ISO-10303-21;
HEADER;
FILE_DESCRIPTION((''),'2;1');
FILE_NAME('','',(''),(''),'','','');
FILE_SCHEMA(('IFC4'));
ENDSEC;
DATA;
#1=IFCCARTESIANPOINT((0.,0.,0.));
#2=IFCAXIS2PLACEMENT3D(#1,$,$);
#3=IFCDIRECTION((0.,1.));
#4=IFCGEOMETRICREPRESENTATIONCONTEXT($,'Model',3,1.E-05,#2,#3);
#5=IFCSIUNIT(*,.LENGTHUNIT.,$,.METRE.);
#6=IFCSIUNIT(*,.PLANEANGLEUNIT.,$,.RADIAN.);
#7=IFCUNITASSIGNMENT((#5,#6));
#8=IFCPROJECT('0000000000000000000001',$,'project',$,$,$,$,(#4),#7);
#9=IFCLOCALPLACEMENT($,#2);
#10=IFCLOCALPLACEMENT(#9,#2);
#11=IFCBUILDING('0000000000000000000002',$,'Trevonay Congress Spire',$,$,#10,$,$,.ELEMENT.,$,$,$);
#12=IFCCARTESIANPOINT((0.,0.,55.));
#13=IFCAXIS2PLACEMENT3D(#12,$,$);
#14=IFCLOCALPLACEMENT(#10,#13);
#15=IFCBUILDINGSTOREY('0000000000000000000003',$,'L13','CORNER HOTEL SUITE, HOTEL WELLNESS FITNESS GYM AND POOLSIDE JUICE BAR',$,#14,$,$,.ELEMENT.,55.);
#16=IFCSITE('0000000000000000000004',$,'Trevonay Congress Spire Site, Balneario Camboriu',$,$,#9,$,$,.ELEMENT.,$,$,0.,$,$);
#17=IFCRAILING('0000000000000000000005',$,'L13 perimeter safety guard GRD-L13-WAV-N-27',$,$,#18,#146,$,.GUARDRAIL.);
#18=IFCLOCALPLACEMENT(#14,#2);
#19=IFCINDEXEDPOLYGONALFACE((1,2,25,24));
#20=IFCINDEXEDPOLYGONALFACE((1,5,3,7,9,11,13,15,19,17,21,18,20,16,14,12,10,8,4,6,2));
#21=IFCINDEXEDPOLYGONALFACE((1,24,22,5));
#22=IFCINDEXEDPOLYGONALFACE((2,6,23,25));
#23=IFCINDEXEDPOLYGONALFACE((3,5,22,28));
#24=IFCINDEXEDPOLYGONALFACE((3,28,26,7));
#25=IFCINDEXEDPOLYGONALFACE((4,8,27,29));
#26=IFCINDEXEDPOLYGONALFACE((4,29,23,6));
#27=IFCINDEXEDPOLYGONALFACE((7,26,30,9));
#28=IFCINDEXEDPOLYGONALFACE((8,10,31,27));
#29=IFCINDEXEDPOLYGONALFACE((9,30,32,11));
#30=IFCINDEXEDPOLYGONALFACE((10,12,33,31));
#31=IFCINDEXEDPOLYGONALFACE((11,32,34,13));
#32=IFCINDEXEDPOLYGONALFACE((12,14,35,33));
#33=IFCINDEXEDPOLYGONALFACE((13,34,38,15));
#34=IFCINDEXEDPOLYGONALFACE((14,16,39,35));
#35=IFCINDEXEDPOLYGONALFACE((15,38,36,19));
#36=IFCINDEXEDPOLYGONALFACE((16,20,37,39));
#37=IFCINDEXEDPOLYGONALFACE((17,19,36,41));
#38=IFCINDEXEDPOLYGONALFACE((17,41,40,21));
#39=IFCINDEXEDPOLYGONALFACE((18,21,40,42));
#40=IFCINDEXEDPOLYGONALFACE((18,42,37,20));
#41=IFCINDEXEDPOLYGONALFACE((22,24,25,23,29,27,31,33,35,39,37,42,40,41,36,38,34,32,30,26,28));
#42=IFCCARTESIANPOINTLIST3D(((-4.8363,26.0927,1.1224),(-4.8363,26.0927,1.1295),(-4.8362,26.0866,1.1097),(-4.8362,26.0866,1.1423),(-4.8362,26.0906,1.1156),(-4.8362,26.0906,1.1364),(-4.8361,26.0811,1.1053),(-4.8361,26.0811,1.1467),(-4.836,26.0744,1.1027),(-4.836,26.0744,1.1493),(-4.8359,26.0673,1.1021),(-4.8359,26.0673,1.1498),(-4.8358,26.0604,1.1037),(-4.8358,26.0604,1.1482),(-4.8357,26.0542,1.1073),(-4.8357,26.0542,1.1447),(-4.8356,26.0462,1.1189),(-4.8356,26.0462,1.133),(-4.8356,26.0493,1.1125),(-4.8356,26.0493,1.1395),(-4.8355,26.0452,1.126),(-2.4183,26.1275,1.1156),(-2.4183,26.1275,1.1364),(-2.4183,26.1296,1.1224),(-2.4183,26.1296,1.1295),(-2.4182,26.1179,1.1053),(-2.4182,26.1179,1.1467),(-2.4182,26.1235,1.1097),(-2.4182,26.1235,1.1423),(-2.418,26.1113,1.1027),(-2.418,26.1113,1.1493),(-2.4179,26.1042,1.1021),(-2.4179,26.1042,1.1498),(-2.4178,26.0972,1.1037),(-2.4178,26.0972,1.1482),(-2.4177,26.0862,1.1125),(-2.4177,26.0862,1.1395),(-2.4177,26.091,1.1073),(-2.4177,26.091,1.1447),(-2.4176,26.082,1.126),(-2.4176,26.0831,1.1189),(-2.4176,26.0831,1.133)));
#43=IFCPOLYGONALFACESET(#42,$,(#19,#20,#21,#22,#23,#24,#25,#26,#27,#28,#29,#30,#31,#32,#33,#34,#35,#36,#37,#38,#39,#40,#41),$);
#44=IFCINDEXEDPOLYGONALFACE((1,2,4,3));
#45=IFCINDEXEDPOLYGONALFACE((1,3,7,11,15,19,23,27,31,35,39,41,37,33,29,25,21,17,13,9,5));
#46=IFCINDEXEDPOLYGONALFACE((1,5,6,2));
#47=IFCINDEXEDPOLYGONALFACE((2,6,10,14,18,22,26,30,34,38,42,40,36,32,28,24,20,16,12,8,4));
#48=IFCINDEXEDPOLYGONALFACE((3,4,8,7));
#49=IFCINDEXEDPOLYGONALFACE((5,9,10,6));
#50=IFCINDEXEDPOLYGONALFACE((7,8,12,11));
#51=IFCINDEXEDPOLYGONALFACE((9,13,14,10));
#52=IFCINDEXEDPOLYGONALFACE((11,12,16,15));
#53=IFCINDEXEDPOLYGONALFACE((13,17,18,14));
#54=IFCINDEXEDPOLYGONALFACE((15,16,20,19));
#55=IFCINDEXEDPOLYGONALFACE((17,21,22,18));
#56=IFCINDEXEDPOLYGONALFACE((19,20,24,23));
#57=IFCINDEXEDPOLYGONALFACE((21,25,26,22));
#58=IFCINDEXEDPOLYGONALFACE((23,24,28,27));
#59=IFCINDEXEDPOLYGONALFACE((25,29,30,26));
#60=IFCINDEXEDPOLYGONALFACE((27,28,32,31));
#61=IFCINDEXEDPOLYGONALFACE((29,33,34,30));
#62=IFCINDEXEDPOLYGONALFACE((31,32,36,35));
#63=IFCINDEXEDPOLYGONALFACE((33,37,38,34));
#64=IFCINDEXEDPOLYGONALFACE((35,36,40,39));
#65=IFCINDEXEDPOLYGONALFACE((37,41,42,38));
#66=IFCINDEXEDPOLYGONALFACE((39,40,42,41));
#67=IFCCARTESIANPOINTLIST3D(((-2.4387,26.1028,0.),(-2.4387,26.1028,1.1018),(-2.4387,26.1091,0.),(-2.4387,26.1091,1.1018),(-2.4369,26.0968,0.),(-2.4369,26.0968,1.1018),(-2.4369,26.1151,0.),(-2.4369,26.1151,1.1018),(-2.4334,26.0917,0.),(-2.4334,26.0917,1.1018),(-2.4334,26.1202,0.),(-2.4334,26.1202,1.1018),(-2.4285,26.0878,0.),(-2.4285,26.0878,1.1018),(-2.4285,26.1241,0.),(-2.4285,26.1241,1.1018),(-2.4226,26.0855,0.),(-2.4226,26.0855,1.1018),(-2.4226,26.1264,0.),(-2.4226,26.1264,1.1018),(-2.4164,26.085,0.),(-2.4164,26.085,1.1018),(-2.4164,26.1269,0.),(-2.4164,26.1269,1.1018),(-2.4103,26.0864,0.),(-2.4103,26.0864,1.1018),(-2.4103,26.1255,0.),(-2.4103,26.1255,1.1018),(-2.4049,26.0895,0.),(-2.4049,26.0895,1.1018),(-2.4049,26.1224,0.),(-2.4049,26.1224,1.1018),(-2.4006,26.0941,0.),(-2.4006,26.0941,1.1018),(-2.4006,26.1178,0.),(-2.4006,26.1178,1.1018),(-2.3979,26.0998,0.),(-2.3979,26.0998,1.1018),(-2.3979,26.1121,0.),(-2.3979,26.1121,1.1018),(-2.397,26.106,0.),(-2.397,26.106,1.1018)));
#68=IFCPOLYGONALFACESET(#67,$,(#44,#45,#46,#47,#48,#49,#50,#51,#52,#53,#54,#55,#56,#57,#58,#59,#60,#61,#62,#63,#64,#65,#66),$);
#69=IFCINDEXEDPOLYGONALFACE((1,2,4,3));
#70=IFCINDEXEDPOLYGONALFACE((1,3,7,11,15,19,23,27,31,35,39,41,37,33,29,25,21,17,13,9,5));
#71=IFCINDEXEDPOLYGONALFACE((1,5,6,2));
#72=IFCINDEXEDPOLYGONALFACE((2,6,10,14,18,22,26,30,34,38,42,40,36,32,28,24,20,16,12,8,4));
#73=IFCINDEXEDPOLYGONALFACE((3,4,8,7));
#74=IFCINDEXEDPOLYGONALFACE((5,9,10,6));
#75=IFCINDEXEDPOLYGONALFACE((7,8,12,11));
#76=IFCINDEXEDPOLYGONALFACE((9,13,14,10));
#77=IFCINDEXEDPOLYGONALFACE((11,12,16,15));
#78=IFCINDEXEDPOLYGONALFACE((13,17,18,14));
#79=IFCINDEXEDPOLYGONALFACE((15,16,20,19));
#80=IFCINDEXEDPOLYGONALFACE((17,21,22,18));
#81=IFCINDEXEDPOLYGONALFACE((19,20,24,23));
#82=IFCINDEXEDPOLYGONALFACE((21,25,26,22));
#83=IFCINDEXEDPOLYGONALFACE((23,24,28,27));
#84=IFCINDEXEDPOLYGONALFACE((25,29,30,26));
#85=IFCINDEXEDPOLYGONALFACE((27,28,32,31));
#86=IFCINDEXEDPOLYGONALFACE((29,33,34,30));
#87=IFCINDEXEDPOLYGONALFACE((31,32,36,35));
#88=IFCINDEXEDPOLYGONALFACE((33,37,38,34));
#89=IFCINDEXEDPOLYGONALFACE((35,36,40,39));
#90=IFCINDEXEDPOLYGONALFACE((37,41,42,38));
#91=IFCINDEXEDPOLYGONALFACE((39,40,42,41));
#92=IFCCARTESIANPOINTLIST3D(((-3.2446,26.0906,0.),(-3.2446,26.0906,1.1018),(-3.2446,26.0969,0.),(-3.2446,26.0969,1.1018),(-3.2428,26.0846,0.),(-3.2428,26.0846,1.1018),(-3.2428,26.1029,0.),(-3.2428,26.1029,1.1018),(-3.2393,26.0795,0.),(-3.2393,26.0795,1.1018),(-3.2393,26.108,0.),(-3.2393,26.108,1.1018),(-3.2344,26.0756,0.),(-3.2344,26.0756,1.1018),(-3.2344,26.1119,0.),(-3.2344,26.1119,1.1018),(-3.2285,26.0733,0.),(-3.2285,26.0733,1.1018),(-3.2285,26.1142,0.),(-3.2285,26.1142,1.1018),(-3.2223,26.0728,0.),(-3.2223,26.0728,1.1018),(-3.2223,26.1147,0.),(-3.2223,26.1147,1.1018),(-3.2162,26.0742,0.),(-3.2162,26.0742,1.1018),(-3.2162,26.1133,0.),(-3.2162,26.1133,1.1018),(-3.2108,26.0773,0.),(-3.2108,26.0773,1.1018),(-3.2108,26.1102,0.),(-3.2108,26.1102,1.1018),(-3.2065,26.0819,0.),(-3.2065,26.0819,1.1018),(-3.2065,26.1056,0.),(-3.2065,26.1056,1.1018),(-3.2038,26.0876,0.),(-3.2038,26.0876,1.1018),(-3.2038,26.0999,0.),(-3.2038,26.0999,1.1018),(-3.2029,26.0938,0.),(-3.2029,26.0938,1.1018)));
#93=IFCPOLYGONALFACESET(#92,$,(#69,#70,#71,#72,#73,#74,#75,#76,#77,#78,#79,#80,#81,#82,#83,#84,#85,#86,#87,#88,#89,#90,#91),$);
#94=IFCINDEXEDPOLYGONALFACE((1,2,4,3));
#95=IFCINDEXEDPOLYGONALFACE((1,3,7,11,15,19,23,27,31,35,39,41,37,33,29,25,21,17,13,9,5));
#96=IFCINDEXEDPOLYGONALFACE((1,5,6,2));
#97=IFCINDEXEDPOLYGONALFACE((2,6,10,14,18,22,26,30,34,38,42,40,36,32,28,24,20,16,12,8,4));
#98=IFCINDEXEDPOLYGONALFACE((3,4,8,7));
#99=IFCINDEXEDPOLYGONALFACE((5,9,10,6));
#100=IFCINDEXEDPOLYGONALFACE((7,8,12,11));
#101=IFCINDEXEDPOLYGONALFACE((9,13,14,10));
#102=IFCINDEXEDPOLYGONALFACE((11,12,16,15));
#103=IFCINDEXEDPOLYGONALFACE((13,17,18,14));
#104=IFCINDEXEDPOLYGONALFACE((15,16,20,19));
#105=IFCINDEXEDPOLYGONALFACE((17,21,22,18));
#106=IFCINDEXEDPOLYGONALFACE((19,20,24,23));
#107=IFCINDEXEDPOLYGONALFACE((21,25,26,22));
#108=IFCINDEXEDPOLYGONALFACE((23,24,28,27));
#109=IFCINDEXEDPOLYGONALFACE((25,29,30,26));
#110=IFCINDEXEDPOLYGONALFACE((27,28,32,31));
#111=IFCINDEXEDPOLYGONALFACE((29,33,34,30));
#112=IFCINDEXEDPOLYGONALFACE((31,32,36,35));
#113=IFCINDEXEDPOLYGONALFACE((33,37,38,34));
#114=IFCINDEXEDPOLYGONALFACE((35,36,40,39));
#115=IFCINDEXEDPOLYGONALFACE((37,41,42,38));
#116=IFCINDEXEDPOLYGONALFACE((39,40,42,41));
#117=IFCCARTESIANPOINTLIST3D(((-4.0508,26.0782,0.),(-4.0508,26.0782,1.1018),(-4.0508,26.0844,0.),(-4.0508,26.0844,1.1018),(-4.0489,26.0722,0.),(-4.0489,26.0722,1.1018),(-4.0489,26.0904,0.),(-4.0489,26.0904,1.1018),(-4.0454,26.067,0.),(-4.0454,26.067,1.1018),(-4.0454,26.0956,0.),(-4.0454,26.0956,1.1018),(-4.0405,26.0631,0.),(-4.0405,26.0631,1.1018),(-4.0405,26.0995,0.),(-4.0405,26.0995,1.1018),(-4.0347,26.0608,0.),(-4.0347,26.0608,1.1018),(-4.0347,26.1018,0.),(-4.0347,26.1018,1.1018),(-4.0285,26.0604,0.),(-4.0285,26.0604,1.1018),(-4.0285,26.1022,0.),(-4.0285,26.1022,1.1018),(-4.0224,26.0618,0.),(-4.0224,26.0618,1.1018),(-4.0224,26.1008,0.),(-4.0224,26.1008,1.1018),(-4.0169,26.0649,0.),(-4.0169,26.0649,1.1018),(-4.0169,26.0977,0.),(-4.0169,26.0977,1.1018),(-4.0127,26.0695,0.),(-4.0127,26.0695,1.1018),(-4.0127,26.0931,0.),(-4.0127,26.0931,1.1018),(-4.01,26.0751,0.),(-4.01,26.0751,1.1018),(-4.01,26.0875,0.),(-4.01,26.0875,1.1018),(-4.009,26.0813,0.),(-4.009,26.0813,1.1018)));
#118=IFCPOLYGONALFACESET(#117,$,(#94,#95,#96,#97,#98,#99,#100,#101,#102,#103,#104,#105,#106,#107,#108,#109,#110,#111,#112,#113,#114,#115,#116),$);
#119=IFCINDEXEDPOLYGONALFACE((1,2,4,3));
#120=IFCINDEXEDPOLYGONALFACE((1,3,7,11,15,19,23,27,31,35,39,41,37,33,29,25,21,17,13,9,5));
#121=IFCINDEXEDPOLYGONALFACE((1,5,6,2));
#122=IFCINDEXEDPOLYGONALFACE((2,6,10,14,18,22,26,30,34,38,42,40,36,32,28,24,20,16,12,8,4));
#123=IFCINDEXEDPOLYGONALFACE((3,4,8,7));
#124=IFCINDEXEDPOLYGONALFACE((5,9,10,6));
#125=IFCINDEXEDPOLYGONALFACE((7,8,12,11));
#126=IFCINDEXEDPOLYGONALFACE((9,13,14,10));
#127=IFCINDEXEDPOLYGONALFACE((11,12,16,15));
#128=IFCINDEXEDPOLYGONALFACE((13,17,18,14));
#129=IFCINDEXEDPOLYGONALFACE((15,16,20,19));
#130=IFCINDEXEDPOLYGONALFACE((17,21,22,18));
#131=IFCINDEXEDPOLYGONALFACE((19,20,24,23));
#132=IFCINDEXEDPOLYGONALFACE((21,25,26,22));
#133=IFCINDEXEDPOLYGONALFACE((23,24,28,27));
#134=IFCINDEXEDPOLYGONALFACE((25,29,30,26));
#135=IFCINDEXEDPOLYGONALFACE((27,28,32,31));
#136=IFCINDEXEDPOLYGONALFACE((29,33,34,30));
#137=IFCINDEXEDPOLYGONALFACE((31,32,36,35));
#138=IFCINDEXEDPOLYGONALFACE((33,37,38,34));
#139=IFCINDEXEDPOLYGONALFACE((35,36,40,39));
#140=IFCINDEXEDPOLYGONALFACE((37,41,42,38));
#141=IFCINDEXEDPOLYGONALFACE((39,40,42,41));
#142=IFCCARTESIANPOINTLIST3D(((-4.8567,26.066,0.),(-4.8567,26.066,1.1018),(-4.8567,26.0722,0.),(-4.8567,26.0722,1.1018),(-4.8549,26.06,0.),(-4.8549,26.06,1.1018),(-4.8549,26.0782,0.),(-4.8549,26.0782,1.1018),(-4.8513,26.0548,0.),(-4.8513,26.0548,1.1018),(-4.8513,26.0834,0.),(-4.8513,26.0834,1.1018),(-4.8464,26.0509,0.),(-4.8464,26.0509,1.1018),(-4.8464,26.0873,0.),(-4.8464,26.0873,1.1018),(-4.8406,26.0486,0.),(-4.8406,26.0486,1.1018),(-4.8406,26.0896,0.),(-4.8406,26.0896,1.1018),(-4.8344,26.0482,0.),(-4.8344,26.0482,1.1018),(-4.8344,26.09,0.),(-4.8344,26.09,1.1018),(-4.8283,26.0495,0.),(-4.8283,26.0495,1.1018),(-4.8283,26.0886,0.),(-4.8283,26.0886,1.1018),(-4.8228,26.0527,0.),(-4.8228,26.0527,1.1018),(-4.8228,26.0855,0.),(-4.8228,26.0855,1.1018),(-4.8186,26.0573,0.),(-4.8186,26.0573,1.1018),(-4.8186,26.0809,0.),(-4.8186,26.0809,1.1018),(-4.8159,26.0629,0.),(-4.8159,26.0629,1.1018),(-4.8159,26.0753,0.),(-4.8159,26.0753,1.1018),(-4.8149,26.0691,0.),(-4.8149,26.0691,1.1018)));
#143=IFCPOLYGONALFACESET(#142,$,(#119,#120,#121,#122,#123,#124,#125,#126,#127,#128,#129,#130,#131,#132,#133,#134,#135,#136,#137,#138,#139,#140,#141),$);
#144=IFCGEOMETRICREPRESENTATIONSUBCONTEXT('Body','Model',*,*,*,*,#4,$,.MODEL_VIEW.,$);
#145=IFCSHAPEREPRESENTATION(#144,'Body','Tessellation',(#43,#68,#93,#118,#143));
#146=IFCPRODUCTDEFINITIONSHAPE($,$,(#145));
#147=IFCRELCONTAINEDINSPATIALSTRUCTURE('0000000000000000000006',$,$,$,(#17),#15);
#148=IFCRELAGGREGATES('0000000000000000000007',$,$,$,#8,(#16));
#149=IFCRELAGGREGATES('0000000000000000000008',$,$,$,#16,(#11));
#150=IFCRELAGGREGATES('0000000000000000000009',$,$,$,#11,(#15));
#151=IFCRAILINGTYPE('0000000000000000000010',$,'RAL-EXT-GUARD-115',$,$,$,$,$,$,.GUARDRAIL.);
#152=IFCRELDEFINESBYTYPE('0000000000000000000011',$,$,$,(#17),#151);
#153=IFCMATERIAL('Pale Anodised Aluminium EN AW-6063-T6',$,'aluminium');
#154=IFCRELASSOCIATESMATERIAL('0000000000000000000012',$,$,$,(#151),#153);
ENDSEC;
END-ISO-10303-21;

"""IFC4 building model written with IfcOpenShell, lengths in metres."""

from ifc_helpers import new_model, si_unit, direction, frame, origin, origin_2d, place, context, subcontext, project, spatial, circle, extrude, material, type_object, element, save


model = new_model("IFC4")

# Units and contexts
model_context = context("Model", 3, precision=1e-05, world=origin(), true_north=direction((0.0, 1.0)))
body_context = subcontext(model_context, "Body", "Model", "MODEL_VIEW")
ifc_project = project(units=[si_unit("LENGTHUNIT", "METRE"), si_unit("PLANEANGLEUNIT", "RADIAN")], contexts=[model_context])

# Site, building, storey
site_placement = place(None, origin())
site = spatial("IfcSite", under=ifc_project, at=site_placement, Name="Trevonay Congress Spire Site, Balneario Camboriu", CompositionType="ELEMENT", RefElevation=0.0)
building_placement = place(site_placement, origin())
building = spatial("IfcBuilding", under=site, at=building_placement, Name="Trevonay Congress Spire", CompositionType="ELEMENT")
storey_placement = place(building_placement, frame((0.0, 0.0, 55.0)))
storey = spatial("IfcBuildingStorey", under=building, at=storey_placement, Name="L13", Description="CORNER HOTEL SUITE, HOTEL WELLNESS FITNESS GYM AND POOLSIDE JUICE BAR", CompositionType="ELEMENT", Elevation=55.0)

# Shared definitions
ifc_material_1 = material(Name="Pale Anodised Aluminium EN AW-6063-T6", Category="aluminium")

# Railing
railing_type = type_object("IfcRailingType", Name="RAL-EXT-GUARD-115", PredefinedType="GUARDRAIL", material=ifc_material_1)
railing_1_placement = place(storey_placement, frame((-2.418, 26.106, 0.0)))
element("IfcRailing", 1, at=railing_1_placement, inside=storey, type_object=railing_type, Name="L13 perimeter safety guard GRD-L13-WAV-N-27", PredefinedType="GUARDRAIL", context=body_context, shape_type="SweptSolid", body=[
    extrude(circle(Radius=0.0239, at=origin_2d()), frame((0.0, 0.0, 1.126), z_axis=(-0.999884, -0.015245, 0.0), x_axis=(0.015245, -0.999884, 0.0)), (0.0, 0.0, 1.0), 2.4182),
    extrude(circle(Radius=0.021, at=origin_2d()), origin(), (0.0, 0.0, 1.0), 1.1018),
    extrude(circle(Radius=0.021, at=origin_2d()), frame((-0.8059, -0.0122, 0.0)), (0.0, 0.0, 1.0), 1.1018),
    extrude(circle(Radius=0.021, at=origin_2d()), frame((-1.6121, -0.0247, 0.0)), (0.0, 0.0, 1.0), 1.1018),
    extrude(circle(Radius=0.021, at=origin_2d()), frame((-2.418, -0.0369, 0.0)), (0.0, 0.0, 1.0), 1.1018),
])

save(model, "model.ifc")
